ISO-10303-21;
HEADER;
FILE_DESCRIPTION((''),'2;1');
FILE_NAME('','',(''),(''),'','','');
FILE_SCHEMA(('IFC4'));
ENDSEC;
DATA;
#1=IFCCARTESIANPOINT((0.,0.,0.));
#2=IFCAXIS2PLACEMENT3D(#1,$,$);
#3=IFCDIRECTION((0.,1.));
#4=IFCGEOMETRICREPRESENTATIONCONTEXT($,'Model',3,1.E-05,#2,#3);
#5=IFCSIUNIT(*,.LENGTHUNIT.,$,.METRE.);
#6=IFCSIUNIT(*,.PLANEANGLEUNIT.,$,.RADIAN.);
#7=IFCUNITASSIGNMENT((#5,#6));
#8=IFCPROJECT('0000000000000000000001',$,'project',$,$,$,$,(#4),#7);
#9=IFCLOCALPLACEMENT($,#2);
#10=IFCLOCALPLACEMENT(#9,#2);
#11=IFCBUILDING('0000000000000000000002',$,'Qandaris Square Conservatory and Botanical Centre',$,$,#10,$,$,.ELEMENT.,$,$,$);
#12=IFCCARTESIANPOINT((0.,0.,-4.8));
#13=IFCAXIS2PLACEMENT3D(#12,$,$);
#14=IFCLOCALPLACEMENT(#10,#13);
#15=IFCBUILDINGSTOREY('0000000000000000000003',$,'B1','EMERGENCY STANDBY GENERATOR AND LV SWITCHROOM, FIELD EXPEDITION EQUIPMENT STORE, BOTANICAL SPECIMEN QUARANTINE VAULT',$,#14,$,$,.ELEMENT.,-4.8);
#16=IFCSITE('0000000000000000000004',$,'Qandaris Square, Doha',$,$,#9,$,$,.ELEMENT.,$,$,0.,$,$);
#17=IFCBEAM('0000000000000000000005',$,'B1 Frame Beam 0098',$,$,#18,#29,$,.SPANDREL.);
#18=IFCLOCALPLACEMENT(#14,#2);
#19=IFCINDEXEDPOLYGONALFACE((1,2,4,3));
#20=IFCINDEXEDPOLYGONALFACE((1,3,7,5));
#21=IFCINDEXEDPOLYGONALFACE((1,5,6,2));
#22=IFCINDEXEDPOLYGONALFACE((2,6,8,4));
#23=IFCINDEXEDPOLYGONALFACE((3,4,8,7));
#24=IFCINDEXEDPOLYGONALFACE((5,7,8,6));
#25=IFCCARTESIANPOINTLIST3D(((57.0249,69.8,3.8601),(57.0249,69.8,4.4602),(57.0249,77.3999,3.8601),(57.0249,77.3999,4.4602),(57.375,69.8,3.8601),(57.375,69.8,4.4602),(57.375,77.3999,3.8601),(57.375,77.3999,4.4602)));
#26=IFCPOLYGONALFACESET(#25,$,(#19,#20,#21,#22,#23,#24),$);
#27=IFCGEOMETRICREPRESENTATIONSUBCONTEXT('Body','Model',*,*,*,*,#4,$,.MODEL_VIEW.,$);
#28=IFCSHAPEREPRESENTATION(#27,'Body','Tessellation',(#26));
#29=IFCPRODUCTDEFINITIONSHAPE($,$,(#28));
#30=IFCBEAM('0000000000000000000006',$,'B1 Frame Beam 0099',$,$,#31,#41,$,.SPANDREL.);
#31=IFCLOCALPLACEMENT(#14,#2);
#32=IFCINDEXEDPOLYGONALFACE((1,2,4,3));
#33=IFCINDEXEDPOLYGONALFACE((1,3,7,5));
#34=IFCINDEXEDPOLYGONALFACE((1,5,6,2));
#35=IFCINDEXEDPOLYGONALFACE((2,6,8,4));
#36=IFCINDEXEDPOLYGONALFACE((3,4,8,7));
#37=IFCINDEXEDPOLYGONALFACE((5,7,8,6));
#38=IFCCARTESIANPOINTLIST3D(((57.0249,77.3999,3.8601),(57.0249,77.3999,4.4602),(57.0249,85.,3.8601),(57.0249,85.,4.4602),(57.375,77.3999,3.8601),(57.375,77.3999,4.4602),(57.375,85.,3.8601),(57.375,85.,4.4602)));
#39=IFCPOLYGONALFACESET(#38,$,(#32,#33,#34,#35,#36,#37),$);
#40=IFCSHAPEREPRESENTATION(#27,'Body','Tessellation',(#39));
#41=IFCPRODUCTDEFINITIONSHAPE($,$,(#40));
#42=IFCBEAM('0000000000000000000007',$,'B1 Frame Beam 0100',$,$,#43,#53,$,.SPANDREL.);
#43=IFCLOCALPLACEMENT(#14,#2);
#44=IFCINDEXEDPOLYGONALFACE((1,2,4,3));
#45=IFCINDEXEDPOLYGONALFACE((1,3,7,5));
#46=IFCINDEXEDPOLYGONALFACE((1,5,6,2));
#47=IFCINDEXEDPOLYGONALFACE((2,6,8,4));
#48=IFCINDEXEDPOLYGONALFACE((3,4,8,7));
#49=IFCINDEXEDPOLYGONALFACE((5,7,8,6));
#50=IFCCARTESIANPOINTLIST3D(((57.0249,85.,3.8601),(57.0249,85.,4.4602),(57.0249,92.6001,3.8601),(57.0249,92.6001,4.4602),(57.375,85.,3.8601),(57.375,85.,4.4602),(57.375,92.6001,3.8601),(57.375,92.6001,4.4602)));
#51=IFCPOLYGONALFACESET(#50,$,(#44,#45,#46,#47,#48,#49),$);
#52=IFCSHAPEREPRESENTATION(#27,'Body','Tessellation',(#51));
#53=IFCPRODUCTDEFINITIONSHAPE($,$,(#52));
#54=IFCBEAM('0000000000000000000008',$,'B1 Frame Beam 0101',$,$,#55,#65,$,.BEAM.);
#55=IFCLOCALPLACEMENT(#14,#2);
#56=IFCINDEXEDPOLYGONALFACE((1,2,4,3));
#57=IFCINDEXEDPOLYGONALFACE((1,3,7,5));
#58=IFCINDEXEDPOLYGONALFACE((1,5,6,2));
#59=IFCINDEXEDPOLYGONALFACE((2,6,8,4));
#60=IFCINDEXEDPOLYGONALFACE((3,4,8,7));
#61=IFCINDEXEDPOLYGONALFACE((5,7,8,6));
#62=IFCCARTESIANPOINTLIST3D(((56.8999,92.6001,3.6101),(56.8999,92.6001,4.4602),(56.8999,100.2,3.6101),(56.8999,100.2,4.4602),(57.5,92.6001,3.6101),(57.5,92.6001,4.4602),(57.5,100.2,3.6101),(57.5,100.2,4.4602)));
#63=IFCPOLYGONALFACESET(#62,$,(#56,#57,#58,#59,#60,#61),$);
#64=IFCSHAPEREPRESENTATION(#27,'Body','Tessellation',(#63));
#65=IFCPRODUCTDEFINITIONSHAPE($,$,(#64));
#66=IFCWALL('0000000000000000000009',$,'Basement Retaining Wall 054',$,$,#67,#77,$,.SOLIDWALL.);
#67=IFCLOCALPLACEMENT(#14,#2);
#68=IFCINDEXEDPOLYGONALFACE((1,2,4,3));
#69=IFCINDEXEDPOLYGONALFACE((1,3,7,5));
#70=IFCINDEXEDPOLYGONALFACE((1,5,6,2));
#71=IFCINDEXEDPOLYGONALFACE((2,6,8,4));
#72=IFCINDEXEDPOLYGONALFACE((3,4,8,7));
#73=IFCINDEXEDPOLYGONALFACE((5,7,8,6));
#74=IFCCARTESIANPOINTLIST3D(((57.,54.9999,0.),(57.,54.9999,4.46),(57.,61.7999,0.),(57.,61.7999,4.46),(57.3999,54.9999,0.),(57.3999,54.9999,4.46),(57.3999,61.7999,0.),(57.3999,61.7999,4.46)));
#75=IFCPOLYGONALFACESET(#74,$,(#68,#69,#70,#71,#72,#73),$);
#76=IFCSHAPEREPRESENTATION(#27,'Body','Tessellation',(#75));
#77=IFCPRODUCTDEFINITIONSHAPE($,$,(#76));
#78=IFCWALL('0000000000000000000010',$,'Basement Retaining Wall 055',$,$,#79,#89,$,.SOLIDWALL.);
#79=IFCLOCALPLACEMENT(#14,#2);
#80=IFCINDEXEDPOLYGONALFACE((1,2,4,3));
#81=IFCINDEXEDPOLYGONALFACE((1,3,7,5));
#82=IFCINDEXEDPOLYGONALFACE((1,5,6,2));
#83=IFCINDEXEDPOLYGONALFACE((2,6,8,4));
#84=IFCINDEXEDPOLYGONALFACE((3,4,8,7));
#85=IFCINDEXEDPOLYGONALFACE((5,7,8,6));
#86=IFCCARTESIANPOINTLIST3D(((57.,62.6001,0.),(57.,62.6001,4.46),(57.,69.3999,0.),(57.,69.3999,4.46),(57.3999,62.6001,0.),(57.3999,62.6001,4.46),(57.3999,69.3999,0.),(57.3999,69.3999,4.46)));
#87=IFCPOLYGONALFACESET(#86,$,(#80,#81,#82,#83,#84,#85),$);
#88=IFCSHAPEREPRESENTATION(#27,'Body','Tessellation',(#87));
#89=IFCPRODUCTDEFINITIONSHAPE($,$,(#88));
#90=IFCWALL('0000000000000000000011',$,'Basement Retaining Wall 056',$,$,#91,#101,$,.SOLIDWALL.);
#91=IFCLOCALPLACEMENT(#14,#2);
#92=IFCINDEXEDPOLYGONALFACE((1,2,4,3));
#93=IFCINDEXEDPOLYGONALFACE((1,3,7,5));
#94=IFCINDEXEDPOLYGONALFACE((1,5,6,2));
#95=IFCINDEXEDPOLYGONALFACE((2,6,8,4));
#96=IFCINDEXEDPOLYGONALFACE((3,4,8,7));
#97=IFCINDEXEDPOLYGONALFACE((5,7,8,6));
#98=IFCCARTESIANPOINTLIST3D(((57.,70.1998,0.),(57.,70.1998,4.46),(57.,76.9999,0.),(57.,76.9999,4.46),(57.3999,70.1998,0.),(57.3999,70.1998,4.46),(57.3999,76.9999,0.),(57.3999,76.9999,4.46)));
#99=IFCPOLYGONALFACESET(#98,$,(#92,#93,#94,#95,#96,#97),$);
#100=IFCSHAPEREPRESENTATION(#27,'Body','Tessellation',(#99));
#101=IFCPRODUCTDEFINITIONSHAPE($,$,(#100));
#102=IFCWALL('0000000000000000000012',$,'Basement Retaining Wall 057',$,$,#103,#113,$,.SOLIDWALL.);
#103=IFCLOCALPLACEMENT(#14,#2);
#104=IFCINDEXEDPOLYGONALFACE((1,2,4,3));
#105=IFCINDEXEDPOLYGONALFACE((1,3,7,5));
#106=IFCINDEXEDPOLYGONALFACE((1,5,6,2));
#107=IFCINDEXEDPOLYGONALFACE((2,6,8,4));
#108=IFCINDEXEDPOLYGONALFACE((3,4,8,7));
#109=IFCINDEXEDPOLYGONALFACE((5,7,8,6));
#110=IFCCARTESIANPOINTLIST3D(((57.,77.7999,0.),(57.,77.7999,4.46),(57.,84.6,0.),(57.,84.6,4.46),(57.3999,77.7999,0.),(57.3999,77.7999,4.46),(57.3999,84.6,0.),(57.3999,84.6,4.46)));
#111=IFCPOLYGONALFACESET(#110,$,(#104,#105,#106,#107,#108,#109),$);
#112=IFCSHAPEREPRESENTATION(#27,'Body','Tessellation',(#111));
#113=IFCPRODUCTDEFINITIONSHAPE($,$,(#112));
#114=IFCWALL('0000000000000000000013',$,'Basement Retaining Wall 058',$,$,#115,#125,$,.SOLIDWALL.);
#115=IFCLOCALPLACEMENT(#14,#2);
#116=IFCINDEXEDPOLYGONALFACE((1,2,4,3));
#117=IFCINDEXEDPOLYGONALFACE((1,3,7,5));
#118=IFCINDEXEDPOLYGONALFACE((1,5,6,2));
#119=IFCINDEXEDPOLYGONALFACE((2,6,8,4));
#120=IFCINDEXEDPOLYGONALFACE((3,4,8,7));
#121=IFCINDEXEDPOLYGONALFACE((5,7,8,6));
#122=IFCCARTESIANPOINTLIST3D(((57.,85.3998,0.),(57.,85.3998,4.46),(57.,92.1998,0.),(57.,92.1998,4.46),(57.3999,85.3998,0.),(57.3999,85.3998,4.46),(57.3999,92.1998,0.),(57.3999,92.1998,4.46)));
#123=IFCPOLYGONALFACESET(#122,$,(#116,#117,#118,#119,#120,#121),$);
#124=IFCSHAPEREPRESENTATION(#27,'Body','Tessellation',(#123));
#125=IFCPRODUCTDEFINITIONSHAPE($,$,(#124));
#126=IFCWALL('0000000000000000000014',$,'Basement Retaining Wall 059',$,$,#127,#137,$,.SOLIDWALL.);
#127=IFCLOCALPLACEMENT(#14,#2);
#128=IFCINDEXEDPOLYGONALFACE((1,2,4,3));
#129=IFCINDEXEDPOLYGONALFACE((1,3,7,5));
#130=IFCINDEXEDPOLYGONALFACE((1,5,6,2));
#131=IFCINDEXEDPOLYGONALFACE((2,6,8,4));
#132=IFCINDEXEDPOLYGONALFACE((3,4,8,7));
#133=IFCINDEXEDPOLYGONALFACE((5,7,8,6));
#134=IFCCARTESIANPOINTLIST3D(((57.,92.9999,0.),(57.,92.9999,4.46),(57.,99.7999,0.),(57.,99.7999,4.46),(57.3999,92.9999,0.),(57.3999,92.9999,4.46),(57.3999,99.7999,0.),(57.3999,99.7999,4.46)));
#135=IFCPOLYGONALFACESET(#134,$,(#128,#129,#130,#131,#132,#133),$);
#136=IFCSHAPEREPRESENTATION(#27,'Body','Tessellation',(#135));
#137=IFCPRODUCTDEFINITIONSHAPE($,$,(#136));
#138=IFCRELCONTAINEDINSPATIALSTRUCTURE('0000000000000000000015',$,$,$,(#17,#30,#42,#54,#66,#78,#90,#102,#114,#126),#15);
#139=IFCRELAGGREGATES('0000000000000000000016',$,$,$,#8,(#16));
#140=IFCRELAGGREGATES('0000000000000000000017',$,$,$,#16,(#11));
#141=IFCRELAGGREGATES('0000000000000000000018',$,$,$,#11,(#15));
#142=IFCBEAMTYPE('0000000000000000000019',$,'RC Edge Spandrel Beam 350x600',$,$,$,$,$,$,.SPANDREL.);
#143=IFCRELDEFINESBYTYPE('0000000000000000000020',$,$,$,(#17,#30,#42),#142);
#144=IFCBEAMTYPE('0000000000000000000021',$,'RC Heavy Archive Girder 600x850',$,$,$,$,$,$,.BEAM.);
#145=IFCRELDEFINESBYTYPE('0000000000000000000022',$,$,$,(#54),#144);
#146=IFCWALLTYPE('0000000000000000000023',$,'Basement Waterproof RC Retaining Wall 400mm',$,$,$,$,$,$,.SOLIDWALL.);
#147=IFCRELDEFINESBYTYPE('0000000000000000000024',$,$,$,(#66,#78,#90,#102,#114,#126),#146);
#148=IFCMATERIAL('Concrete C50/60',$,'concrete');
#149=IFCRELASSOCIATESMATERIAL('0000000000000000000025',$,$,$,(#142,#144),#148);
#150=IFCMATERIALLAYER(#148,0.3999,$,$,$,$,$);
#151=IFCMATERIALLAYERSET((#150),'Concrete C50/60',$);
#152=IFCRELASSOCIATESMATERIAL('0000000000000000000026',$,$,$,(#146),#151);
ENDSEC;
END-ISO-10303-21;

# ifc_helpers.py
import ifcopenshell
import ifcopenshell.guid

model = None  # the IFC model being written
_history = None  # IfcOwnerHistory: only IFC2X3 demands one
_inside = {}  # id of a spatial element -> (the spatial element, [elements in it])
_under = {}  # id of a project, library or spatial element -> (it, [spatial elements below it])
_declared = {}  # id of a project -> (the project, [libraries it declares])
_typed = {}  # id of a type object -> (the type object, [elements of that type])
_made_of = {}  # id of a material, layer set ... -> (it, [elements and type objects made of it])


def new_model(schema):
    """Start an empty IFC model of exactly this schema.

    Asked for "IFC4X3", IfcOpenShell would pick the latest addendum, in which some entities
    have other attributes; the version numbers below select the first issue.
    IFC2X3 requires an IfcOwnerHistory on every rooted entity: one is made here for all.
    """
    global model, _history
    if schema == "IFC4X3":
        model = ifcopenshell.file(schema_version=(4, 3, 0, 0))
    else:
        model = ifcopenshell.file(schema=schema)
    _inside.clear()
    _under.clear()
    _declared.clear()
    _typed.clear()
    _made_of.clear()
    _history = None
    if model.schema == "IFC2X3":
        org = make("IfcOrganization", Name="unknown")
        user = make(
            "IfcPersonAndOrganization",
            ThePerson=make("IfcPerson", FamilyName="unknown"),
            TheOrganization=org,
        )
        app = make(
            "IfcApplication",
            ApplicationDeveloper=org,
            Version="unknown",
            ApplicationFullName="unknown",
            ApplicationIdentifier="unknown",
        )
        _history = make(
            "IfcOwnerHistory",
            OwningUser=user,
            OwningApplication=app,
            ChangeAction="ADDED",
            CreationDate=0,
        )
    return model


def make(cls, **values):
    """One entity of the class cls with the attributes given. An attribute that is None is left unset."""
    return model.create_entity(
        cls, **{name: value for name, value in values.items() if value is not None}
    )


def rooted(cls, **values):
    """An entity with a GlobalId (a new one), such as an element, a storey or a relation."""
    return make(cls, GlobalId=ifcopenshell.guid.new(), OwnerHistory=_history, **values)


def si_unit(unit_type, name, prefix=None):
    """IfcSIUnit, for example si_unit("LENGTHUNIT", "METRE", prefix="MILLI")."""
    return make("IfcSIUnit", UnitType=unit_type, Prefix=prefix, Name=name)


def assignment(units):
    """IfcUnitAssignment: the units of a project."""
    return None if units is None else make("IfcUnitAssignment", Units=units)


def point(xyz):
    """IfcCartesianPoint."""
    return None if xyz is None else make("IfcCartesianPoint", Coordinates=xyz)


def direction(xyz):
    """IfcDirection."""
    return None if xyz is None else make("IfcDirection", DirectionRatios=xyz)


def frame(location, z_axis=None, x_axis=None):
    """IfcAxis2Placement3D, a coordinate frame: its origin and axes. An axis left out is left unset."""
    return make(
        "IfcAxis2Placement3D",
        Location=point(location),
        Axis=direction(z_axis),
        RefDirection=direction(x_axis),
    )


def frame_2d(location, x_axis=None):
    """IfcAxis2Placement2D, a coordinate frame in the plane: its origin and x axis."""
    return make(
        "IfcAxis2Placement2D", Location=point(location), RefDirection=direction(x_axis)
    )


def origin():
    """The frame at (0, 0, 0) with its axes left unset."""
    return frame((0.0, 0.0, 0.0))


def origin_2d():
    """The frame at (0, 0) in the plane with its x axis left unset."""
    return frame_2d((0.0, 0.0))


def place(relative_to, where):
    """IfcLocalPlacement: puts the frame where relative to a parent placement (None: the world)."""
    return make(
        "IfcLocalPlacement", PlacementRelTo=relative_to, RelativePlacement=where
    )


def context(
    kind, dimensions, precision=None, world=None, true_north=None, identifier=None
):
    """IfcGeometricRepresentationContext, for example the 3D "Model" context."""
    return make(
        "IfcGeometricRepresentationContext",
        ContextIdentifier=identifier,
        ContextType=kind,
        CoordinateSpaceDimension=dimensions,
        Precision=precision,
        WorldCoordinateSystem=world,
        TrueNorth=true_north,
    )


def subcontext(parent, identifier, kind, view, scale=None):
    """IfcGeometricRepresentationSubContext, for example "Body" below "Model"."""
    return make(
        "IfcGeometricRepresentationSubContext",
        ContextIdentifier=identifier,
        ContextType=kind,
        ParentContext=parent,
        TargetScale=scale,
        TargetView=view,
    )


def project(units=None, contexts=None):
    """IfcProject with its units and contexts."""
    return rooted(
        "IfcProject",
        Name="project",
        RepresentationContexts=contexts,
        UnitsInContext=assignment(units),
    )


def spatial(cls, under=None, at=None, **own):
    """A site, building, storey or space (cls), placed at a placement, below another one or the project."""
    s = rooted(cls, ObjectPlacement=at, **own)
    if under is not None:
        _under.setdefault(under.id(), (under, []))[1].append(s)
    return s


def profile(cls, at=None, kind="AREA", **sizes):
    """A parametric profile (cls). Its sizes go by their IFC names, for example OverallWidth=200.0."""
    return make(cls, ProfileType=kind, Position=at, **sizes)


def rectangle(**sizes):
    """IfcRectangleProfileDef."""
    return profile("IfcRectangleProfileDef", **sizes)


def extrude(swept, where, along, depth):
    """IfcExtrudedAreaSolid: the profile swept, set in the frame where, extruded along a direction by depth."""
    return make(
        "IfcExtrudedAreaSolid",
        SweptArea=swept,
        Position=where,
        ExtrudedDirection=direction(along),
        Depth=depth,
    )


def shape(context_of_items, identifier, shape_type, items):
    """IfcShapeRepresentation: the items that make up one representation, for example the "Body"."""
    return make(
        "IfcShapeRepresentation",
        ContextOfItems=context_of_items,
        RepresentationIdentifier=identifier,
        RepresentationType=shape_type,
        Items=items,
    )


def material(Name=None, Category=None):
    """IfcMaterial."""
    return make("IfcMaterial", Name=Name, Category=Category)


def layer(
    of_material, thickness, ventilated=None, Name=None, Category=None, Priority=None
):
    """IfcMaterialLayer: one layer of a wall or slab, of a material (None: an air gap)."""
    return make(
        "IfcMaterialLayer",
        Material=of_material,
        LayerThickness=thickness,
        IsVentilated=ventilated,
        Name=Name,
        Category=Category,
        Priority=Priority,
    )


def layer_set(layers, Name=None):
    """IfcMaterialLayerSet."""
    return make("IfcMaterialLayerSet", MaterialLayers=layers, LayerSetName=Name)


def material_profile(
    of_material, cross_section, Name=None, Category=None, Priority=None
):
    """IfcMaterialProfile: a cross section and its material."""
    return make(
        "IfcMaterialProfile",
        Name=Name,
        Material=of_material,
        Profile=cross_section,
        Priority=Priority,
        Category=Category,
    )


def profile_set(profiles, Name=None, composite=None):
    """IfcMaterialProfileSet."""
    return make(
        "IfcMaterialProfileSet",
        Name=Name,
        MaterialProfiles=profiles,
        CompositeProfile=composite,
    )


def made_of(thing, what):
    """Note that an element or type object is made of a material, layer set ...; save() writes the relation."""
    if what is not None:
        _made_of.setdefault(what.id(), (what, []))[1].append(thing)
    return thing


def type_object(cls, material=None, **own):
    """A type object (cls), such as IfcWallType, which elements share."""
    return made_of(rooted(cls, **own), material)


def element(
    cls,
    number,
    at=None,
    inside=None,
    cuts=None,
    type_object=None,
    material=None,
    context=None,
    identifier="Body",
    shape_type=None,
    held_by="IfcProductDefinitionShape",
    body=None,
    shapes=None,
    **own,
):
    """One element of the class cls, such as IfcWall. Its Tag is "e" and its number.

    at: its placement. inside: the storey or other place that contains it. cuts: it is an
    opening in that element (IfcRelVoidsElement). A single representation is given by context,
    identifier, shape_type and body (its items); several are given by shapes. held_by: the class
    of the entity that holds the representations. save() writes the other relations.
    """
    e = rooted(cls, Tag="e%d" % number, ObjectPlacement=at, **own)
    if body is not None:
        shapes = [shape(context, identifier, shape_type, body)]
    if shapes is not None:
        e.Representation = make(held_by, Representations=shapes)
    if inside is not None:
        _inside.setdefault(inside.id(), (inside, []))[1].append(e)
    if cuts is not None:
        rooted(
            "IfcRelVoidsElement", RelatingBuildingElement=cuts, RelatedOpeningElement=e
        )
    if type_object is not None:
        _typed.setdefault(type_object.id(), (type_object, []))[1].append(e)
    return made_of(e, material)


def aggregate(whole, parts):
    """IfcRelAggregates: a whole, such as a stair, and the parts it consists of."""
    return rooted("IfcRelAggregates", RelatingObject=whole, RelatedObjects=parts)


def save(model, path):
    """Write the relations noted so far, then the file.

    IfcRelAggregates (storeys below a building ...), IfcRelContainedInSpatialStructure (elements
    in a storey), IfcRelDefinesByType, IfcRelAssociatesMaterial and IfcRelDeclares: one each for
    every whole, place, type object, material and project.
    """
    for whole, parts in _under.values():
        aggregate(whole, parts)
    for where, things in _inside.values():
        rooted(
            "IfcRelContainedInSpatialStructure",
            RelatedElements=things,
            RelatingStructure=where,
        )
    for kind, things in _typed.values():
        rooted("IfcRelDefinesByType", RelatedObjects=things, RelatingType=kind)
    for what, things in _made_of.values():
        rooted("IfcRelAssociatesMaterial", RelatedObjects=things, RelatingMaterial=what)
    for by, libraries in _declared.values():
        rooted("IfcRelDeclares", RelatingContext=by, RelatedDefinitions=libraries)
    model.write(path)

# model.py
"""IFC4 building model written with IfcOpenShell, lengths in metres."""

from ifc_helpers import new_model, si_unit, direction, frame, frame_2d, origin, origin_2d, place, context, subcontext, project, spatial, rectangle, extrude, material, layer, layer_set, material_profile, profile_set, type_object, element, save


model = new_model("IFC4")

# Units and contexts
model_context = context("Model", 3, precision=1e-05, world=origin(), true_north=direction((0.0, 1.0)))
body_context = subcontext(model_context, "Body", "Model", "MODEL_VIEW")
ifc_project = project(units=[si_unit("LENGTHUNIT", "METRE"), si_unit("PLANEANGLEUNIT", "RADIAN")], contexts=[model_context])

# Site, building, storey
site_placement = place(None, origin())
site = spatial("IfcSite", under=ifc_project, at=site_placement, Name="Qandaris Square, Doha", CompositionType="ELEMENT", RefElevation=0.0)
building_placement = place(site_placement, origin())
building = spatial("IfcBuilding", under=site, at=building_placement, Name="Qandaris Square Conservatory and Botanical Centre", CompositionType="ELEMENT")
storey_placement = place(building_placement, frame((0.0, 0.0, -4.8)))
storey = spatial("IfcBuildingStorey", under=building, at=storey_placement, Name="B1", Description="EMERGENCY STANDBY GENERATOR AND LV SWITCHROOM, FIELD EXPEDITION EQUIPMENT STORE, BOTANICAL SPECIMEN QUARANTINE VAULT", CompositionType="ELEMENT", Elevation=-4.8)

# Shared definitions
ifc_material_1 = material(Name="Concrete C50/60", Category="concrete")

# Beams
ifc_material_profile_1 = material_profile(ifc_material_1, rectangle(XDim=0.3501, YDim=0.6001, at=origin_2d()), Name="RC-SP 350x600")
ifc_profile_set_1 = profile_set([ifc_material_profile_1], Name="Concrete C50/60")
beam_type_1 = type_object("IfcBeamType", Name="RC Edge Spandrel Beam 350x600", PredefinedType="SPANDREL", material=ifc_profile_set_1)
beam_1_placement = place(storey_placement, frame((57.2, 69.8, 4.1602), z_axis=(0.0, 1.0, 0.0), x_axis=(-1.0, 0.0, 0.0)))
element("IfcBeam", 1, at=beam_1_placement, inside=storey, type_object=beam_type_1, Name="B1 Frame Beam 0098", PredefinedType="SPANDREL", context=body_context, shape_type="SweptSolid", body=[
    extrude(rectangle(XDim=0.3501, YDim=0.6001, at=origin_2d()), origin(), (0.0, 0.0, 1.0), 7.5999),
])
for number, where, z_axis, x_axis, name in (
    (2, (57.2, 77.3999, 4.1602), (0.0, 1.0, 0.0), (-1.0, 0.0, 0.0), "B1 Frame Beam 0099"),
    (3, (57.2, 85.0, 4.1602), (0.0, 1.0, 0.0), (-1.0, 0.0, 0.0), "B1 Frame Beam 0100"),
):
    element("IfcBeam", number, at=place(storey_placement, frame(where, z_axis=z_axis, x_axis=x_axis)), inside=storey, type_object=beam_type_1, Name=name, PredefinedType="SPANDREL", context=body_context, shape_type="SweptSolid", body=[
        extrude(rectangle(XDim=0.3501, YDim=0.6001, at=origin_2d()), origin(), (0.0, 0.0, 1.0), 7.6001),
    ])
ifc_material_profile_2 = material_profile(ifc_material_1, rectangle(XDim=0.6001, YDim=0.8501, at=origin_2d()), Name="RC-BM 600x850")
ifc_profile_set_2 = profile_set([ifc_material_profile_2], Name="Concrete C50/60")
beam_type_2 = type_object("IfcBeamType", Name="RC Heavy Archive Girder 600x850", PredefinedType="BEAM", material=ifc_profile_set_2)
beam_2_placement = place(storey_placement, frame((57.2, 92.6001, 4.0352), z_axis=(0.0, 1.0, 0.0), x_axis=(-1.0, 0.0, 0.0)))
element("IfcBeam", 4, at=beam_2_placement, inside=storey, type_object=beam_type_2, Name="B1 Frame Beam 0101", PredefinedType="BEAM", context=body_context, shape_type="SweptSolid", body=[
    extrude(rectangle(XDim=0.6001, YDim=0.8501, at=origin_2d()), origin(), (0.0, 0.0, 1.0), 7.5999),
])

# Walls
ifc_layer = layer(ifc_material_1, 0.3999)
ifc_layer_set = layer_set([ifc_layer], Name="Concrete C50/60")
wall_type = type_object("IfcWallType", Name="Basement Waterproof RC Retaining Wall 400mm", PredefinedType="SOLIDWALL", material=ifc_layer_set)
wall_1_placement = place(storey_placement, frame((57.2, 55.0, 0.0), z_axis=(0.0, 0.0, 1.0), x_axis=(0.0, 1.0, 0.0)))
element("IfcWall", 5, at=wall_1_placement, inside=storey, type_object=wall_type, Name="Basement Retaining Wall 054", PredefinedType="SOLIDWALL", context=body_context, shape_type="SweptSolid", body=[
    extrude(rectangle(XDim=6.8, YDim=0.3999, at=frame_2d((3.3999, 0.0))), origin(), (0.0, 0.0, 1.0), 4.46),
])
wall_2_placement = place(storey_placement, frame((57.2, 62.6001, 0.0), z_axis=(0.0, 0.0, 1.0), x_axis=(0.0, 1.0, 0.0)))
element("IfcWall", 6, at=wall_2_placement, inside=storey, type_object=wall_type, Name="Basement Retaining Wall 055", PredefinedType="SOLIDWALL", context=body_context, shape_type="SweptSolid", body=[
    extrude(rectangle(XDim=6.7998, YDim=0.3999, at=frame_2d((3.3999, 0.0))), origin(), (0.0, 0.0, 1.0), 4.46),
])
for number, where, z_axis, x_axis, name in (
    (7, (57.2, 70.2, 0.0), (0.0, 0.0, 1.0), (0.0, 1.0, 0.0), "Basement Retaining Wall 056"),
    (8, (57.2, 77.8, 0.0), (0.0, 0.0, 1.0), (0.0, 1.0, 0.0), "Basement Retaining Wall 057"),
    (9, (57.2, 85.3999, 0.0), (0.0, 0.0, 1.0), (0.0, 1.0, 0.0), "Basement Retaining Wall 058"),
    (10, (57.2, 93.0, 0.0), (0.0, 0.0, 1.0), (0.0, 1.0, 0.0), "Basement Retaining Wall 059"),
):
    element("IfcWall", number, at=place(storey_placement, frame(where, z_axis=z_axis, x_axis=x_axis)), inside=storey, type_object=wall_type, Name=name, PredefinedType="SOLIDWALL", context=body_context, shape_type="SweptSolid", body=[
        extrude(rectangle(XDim=6.8, YDim=0.3999, at=frame_2d((3.3999, 0.0))), origin(), (0.0, 0.0, 1.0), 4.46),
    ])

save(model, "model.ifc")
